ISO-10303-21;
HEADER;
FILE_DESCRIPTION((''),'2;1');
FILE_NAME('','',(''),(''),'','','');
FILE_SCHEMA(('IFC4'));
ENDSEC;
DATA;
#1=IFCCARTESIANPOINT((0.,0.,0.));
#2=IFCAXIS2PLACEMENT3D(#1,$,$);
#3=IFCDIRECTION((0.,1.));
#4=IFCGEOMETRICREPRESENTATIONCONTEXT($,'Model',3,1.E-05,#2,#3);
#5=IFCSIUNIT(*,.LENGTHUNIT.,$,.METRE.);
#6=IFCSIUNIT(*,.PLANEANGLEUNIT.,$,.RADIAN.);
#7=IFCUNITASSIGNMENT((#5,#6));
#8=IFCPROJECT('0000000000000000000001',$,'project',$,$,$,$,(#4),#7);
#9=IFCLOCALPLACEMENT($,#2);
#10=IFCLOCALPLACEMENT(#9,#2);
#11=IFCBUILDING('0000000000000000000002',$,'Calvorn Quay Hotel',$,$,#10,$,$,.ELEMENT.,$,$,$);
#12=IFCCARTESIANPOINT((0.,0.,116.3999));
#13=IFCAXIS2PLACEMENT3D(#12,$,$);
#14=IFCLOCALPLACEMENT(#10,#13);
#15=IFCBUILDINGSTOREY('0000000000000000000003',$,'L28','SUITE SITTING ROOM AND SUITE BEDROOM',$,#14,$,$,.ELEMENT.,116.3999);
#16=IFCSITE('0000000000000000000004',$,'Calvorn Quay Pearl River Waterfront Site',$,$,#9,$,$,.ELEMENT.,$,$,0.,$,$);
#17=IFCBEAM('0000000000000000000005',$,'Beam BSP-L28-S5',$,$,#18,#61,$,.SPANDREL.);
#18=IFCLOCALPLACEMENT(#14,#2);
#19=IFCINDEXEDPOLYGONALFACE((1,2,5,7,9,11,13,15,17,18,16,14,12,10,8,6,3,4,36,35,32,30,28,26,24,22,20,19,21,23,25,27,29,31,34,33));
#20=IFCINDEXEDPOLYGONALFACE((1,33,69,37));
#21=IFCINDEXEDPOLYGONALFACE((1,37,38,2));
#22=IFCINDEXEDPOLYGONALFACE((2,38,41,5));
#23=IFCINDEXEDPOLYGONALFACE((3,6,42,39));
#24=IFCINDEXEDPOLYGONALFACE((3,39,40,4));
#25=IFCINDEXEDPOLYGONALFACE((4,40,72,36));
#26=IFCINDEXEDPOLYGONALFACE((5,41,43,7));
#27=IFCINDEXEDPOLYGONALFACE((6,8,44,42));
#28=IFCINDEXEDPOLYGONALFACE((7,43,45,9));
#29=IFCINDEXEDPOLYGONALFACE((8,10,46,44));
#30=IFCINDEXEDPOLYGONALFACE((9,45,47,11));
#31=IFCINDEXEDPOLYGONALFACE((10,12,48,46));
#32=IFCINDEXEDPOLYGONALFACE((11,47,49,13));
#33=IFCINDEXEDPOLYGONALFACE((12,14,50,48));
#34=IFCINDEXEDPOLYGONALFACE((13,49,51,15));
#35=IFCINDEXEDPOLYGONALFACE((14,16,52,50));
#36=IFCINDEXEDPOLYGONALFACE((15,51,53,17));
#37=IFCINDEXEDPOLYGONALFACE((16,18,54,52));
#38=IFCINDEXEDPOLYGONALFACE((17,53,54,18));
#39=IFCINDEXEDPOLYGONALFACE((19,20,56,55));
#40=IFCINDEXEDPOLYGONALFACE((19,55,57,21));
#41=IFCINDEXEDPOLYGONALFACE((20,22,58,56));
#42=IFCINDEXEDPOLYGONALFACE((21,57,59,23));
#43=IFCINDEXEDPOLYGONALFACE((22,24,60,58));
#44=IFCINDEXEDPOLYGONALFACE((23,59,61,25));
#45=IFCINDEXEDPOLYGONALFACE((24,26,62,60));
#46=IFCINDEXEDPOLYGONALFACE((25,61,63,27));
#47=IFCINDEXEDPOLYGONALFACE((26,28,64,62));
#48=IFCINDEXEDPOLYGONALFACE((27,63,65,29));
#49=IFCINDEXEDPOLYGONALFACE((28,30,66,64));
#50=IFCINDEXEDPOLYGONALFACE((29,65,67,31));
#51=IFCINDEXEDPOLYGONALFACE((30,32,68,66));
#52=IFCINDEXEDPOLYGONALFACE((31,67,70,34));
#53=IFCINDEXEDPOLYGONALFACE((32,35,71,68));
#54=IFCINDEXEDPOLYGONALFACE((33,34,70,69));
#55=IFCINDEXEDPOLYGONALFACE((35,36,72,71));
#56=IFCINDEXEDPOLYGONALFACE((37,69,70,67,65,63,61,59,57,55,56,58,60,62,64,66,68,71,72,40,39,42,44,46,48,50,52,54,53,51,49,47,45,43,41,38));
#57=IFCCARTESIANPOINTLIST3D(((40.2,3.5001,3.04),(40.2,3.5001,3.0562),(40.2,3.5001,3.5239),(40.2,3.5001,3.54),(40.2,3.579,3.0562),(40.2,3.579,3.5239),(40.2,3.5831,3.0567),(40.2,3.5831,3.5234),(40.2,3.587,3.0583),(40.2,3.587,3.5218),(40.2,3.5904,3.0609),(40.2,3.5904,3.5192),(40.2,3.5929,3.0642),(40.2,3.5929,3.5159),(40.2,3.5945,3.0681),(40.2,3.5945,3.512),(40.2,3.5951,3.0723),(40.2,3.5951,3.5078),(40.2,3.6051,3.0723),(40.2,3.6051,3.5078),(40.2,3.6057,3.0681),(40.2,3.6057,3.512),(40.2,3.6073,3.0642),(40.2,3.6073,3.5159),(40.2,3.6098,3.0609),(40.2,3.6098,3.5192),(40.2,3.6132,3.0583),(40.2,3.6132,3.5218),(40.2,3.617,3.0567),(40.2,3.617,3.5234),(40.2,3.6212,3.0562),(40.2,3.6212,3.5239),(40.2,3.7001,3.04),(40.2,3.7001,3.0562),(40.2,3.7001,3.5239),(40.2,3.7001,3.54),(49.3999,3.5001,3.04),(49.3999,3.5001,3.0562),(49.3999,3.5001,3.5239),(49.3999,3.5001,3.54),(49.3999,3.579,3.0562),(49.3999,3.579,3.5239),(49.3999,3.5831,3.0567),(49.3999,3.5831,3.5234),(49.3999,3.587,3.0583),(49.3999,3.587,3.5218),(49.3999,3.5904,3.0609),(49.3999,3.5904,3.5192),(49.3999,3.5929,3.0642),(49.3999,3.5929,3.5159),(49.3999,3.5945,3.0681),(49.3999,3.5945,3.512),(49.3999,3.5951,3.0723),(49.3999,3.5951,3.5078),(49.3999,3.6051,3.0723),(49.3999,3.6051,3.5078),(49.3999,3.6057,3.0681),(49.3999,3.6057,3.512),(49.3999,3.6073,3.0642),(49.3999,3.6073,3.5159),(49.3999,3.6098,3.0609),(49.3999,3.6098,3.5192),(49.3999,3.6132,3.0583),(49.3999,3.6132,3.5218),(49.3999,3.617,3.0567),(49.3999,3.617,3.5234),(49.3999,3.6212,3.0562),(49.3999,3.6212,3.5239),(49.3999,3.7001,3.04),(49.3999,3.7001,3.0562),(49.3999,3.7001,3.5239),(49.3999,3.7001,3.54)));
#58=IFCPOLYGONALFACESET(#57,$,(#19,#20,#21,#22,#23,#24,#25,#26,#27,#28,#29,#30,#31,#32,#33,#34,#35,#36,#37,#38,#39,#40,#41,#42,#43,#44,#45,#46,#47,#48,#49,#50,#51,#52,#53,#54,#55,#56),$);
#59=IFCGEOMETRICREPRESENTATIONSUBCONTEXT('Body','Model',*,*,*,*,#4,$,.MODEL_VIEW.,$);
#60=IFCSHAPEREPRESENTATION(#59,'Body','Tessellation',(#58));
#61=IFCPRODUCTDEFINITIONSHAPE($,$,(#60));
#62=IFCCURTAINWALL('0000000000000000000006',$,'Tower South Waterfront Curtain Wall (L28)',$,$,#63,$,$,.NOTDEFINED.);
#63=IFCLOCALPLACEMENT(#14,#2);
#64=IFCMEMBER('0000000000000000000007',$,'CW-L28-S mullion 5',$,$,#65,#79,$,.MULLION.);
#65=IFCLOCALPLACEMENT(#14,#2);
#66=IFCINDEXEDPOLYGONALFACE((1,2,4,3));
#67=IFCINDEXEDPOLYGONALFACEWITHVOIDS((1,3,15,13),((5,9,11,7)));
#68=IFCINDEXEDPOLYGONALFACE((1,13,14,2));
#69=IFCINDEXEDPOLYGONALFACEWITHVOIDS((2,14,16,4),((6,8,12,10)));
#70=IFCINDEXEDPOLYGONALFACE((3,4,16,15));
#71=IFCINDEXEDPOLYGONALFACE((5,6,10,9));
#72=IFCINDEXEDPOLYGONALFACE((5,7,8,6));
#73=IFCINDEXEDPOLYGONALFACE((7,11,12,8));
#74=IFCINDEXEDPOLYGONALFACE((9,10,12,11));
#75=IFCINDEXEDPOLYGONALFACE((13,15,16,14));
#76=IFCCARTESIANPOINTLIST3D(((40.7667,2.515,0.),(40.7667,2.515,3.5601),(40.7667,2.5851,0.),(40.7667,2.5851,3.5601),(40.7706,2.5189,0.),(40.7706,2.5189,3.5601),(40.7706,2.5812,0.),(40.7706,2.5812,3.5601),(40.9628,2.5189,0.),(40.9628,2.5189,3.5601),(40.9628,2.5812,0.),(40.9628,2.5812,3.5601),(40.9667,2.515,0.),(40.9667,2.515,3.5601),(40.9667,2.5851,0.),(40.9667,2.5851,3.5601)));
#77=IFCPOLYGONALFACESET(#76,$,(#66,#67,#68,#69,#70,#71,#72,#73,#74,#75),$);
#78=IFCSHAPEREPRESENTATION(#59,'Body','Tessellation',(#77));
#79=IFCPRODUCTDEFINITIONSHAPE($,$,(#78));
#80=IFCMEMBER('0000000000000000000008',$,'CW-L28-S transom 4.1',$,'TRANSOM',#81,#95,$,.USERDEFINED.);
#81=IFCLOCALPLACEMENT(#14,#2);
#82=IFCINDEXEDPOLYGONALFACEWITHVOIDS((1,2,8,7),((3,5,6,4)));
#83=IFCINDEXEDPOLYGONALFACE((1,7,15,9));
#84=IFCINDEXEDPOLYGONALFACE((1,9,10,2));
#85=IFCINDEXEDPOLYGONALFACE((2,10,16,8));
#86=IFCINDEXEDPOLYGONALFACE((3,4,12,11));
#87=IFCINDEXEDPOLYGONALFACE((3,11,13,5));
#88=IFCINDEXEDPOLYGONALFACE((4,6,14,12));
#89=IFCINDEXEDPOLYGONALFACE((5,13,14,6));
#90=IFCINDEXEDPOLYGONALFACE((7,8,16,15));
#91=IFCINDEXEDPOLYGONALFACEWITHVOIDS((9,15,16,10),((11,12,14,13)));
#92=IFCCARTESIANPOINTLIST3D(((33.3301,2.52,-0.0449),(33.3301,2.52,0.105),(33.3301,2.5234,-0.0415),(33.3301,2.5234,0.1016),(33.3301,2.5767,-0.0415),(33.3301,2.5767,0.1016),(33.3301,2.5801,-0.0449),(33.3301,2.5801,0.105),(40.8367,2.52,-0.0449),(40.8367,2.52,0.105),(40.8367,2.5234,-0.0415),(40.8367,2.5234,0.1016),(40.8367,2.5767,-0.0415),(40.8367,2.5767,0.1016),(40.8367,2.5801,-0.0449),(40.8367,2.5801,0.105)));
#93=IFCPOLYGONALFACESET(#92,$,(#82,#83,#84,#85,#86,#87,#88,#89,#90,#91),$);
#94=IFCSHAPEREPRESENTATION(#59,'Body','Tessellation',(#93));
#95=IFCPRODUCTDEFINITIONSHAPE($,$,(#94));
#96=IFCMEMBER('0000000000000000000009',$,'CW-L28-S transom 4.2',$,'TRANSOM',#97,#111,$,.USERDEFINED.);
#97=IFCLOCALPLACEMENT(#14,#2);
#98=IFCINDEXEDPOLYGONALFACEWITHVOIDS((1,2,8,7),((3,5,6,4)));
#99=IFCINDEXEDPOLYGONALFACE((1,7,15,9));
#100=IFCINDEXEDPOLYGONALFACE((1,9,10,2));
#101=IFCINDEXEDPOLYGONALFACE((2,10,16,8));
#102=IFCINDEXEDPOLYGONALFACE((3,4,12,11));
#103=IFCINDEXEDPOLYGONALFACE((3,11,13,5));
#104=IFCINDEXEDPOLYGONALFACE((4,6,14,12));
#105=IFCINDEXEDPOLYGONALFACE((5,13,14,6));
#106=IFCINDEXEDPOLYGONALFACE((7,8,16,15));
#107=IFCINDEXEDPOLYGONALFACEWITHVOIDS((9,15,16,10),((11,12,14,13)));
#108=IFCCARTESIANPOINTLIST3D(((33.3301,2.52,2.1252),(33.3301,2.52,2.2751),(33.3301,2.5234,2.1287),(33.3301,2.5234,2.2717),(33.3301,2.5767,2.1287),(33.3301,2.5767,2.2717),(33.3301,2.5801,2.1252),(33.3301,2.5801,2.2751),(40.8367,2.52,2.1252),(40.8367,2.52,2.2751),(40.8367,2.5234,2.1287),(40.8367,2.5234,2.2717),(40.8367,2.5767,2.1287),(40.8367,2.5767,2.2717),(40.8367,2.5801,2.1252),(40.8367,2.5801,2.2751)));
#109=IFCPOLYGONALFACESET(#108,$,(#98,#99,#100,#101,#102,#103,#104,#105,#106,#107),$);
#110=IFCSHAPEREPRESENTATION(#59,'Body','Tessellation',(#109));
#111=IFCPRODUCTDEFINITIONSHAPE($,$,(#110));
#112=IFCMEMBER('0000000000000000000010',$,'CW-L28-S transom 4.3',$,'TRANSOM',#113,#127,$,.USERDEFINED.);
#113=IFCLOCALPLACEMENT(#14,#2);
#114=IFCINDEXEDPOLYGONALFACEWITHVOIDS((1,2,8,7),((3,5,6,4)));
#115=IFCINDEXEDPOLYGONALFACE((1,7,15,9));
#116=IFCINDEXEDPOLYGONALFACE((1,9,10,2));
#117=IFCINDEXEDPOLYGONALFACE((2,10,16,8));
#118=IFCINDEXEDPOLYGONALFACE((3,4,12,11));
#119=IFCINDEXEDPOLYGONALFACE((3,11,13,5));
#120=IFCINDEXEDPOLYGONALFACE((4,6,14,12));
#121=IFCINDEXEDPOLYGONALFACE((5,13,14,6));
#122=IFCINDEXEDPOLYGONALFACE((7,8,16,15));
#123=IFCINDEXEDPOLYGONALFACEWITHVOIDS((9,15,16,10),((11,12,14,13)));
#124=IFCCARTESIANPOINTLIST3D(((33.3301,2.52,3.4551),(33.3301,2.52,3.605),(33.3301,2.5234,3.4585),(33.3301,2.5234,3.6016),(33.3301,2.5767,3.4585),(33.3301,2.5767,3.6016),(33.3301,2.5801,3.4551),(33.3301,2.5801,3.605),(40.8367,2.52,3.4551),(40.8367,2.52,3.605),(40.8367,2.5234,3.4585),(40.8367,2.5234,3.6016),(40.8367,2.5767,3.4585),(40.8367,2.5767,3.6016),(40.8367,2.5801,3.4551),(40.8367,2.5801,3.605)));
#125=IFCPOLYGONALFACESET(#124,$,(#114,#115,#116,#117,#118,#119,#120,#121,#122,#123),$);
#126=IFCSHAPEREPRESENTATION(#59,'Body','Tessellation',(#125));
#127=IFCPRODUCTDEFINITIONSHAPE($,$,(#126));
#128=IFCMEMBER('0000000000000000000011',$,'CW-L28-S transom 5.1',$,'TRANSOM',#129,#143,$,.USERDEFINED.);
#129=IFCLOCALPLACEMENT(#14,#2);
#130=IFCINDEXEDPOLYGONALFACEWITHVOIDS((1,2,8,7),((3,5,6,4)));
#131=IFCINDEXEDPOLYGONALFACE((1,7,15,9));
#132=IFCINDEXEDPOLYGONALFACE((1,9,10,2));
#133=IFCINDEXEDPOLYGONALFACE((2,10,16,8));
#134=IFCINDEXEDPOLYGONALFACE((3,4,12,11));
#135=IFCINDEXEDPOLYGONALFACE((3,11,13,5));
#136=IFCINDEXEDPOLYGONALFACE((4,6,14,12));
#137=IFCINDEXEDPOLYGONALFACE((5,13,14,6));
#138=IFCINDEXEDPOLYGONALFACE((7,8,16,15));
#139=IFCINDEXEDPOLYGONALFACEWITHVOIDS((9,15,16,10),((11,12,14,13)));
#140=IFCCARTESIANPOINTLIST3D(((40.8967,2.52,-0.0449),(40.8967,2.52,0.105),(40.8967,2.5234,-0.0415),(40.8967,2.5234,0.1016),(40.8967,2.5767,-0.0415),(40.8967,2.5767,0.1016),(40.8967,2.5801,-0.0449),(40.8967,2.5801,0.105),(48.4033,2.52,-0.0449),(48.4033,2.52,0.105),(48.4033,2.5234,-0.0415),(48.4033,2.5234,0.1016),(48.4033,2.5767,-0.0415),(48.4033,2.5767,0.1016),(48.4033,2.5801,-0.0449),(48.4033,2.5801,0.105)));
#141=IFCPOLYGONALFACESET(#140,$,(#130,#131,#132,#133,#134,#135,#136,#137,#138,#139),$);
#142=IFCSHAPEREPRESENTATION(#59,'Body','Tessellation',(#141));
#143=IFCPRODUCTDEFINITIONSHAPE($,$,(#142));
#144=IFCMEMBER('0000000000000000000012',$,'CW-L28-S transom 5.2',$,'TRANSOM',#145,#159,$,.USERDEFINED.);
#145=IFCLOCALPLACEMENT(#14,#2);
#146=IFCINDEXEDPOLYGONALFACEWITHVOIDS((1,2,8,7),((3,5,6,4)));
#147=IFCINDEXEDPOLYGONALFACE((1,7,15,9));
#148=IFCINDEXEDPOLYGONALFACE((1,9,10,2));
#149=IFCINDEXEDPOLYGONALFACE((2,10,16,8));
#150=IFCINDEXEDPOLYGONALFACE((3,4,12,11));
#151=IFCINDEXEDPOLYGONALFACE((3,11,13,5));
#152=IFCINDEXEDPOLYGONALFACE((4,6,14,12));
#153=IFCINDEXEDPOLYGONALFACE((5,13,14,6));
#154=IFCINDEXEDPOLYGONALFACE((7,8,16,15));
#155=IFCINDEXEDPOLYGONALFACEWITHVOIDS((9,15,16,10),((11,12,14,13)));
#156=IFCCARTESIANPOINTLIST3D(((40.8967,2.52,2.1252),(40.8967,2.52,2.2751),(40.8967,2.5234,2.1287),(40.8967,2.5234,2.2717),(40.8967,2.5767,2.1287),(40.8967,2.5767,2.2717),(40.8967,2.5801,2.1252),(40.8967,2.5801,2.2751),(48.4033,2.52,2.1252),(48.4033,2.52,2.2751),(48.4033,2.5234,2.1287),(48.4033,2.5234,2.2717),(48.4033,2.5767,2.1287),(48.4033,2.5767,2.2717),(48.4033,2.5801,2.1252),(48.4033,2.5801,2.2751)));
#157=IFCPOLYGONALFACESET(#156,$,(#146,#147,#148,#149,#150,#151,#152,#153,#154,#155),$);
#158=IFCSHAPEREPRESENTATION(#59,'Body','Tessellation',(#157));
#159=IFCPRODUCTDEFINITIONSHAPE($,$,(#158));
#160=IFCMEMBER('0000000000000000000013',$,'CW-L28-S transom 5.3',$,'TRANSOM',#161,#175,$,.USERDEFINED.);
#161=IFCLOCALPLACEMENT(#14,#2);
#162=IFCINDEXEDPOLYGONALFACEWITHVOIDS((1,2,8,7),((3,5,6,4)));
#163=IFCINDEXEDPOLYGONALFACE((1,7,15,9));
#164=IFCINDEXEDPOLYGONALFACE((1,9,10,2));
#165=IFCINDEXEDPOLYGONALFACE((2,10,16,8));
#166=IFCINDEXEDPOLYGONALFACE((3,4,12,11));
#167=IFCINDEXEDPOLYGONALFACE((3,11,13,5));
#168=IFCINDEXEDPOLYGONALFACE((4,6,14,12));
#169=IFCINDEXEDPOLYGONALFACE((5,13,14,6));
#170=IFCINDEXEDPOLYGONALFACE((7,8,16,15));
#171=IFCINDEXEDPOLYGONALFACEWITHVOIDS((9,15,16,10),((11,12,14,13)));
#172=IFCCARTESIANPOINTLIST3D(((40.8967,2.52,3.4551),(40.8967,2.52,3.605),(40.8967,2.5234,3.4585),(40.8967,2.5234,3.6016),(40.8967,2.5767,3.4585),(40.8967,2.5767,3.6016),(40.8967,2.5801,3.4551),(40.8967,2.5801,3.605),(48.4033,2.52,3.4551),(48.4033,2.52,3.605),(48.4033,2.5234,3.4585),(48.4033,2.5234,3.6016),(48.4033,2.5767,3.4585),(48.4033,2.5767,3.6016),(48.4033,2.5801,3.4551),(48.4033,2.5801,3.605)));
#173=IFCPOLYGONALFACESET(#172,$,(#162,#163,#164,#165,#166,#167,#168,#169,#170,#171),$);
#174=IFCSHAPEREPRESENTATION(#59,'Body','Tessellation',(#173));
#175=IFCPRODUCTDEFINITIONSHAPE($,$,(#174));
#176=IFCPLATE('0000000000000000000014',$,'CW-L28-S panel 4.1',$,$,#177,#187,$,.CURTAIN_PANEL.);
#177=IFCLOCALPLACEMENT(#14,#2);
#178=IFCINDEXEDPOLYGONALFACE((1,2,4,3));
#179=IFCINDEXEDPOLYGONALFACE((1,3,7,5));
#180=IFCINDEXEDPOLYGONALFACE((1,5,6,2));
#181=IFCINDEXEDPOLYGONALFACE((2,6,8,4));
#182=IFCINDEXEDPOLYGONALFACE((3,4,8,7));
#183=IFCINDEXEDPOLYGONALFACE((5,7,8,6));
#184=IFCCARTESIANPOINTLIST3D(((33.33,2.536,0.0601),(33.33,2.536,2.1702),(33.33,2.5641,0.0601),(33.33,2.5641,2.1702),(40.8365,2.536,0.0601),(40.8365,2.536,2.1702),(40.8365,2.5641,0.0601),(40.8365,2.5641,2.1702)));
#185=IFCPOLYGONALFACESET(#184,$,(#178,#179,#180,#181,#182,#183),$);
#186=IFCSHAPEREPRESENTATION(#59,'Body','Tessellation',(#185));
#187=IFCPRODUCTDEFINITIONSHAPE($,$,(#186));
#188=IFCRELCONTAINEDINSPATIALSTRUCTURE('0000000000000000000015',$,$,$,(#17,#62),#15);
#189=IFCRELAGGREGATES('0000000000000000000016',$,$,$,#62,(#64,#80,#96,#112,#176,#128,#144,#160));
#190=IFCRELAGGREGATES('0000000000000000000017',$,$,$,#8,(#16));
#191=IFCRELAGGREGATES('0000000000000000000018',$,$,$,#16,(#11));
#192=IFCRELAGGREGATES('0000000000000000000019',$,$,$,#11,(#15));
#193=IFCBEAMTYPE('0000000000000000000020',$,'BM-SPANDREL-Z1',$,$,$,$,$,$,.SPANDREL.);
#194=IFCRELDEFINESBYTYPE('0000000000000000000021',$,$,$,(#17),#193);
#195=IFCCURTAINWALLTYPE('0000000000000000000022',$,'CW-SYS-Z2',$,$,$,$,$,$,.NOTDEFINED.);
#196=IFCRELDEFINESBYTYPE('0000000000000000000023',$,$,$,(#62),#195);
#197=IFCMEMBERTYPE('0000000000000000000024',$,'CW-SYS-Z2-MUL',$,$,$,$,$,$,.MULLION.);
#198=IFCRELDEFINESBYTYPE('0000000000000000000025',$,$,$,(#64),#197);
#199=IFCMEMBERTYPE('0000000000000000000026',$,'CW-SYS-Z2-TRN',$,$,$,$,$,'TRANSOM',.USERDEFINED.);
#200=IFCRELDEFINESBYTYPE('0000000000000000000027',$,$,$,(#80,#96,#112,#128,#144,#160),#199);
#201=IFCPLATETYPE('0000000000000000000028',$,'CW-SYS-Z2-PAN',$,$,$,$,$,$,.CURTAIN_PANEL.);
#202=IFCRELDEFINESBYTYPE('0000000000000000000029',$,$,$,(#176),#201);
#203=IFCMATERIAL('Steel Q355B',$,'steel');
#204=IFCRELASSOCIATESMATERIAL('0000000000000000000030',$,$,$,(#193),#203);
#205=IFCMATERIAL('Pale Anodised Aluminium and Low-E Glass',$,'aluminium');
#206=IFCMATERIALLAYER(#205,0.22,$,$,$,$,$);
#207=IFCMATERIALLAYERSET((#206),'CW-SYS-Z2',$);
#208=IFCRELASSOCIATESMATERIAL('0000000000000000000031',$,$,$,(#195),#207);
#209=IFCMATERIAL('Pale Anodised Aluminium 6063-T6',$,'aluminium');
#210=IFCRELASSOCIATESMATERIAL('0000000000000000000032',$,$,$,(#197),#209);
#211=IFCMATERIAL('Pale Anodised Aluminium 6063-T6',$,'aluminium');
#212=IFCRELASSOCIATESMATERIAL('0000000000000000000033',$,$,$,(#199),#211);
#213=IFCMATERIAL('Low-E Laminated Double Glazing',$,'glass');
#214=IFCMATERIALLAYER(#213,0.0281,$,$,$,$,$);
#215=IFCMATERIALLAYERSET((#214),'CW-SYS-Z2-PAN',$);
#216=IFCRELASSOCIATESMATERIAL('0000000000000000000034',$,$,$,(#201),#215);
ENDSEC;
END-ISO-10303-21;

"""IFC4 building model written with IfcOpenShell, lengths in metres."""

from ifc_helpers import new_model, si_unit, direction, frame, origin, origin_2d, place, context, subcontext, project, spatial, rectangle, hollow_rectangle, i_section, extrude, material, layer, layer_set, material_profile, profile_set, type_object, element, aggregate, save


model = new_model("IFC4")

# Units and contexts
model_context = context("Model", 3, precision=1e-05, world=origin(), true_north=direction((0.0, 1.0)))
body_context = subcontext(model_context, "Body", "Model", "MODEL_VIEW")
ifc_project = project(units=[si_unit("LENGTHUNIT", "METRE"), si_unit("PLANEANGLEUNIT", "RADIAN")], contexts=[model_context])

# Site, building, storey
site_placement = place(None, origin())
site = spatial("IfcSite", under=ifc_project, at=site_placement, Name="Calvorn Quay Pearl River Waterfront Site", CompositionType="ELEMENT", RefElevation=0.0)
building_placement = place(site_placement, origin())
building = spatial("IfcBuilding", under=site, at=building_placement, Name="Calvorn Quay Hotel", CompositionType="ELEMENT")
storey_placement = place(building_placement, frame((0.0, 0.0, 116.3999)))
storey = spatial("IfcBuildingStorey", under=building, at=storey_placement, Name="L28", Description="SUITE SITTING ROOM AND SUITE BEDROOM", CompositionType="ELEMENT", Elevation=116.3999)

# Beam
ifc_material_1 = material(Name="Steel Q355B", Category="steel")
ifc_material_profile_1 = material_profile(ifc_material_1, i_section(OverallWidth=0.2, OverallDepth=0.5, WebThickness=0.01, FlangeThickness=0.0161, FilletRadius=0.0161, at=origin_2d()), Name="HN500x200x10x16")
ifc_profile_set_1 = profile_set([ifc_material_profile_1], Name="Steel Q355B")
beam_type_1 = type_object("IfcBeamType", Name="BM-SPANDREL-Z1", PredefinedType="SPANDREL", material=ifc_profile_set_1)
beam_1_placement = place(storey_placement, frame((40.2, 3.6001, 3.29), z_axis=(1.0, 0.0, 0.0), x_axis=(0.0, 1.0, 0.0)))
element("IfcBeam", 1, at=beam_1_placement, inside=storey, type_object=beam_type_1, Name="Beam BSP-L28-S5", PredefinedType="SPANDREL", context=body_context, shape_type="SweptSolid", body=[
    extrude(i_section(OverallWidth=0.2, OverallDepth=0.5, WebThickness=0.01, FlangeThickness=0.0161, FilletRadius=0.0161, at=origin_2d()), origin(), (0.0, 0.0, 1.0), 9.2),
])

# Curtain wall, members, plate
ifc_material_2 = material(Name="Pale Anodised Aluminium and Low-E Glass", Category="aluminium")
ifc_layer_1 = layer(ifc_material_2, 0.22)
ifc_layer_set_1 = layer_set([ifc_layer_1], Name="CW-SYS-Z2")
curtain_wall_type = type_object("IfcCurtainWallType", Name="CW-SYS-Z2", PredefinedType="NOTDEFINED", material=ifc_layer_set_1)
curtain_wall_placement = place(storey_placement, origin())
curtain_wall = element("IfcCurtainWall", 2, at=curtain_wall_placement, inside=storey, type_object=curtain_wall_type, Name="Tower South Waterfront Curtain Wall (L28)", PredefinedType="NOTDEFINED")
ifc_material_3 = material(Name="Pale Anodised Aluminium 6063-T6", Category="aluminium")
ifc_material_profile_2 = material_profile(ifc_material_3, hollow_rectangle(XDim=0.0701, YDim=0.2, WallThickness=0.0039, at=origin_2d()), Name="ALU-M200x70x4")
ifc_profile_set_2 = profile_set([ifc_material_profile_2], Name="Pale Anodised Aluminium 6063-T6")
member_type_1 = type_object("IfcMemberType", Name="CW-SYS-Z2-MUL", PredefinedType="MULLION", material=ifc_profile_set_2)
member_1_placement = place(storey_placement, frame((40.8667, 2.55, 0.0), z_axis=(0.0, 0.0, 1.0), x_axis=(0.0, 1.0, 0.0)))
member_1 = element("IfcMember", 3, at=member_1_placement, type_object=member_type_1, Name="CW-L28-S mullion 5", PredefinedType="MULLION", context=body_context, shape_type="SweptSolid", body=[
    extrude(hollow_rectangle(XDim=0.0701, YDim=0.2, WallThickness=0.0039, at=origin_2d()), origin(), (0.0, 0.0, 1.0), 3.5601),
])
ifc_material_4 = material(Name="Pale Anodised Aluminium 6063-T6", Category="aluminium")
ifc_material_profile_3 = material_profile(ifc_material_4, hollow_rectangle(XDim=0.0601, YDim=0.1499, WallThickness=0.0034, at=origin_2d()), Name="ALU-T150x60x3.5")
ifc_profile_set_3 = profile_set([ifc_material_profile_3], Name="Pale Anodised Aluminium 6063-T6")
member_type_2 = type_object("IfcMemberType", Name="CW-SYS-Z2-TRN", ElementType="TRANSOM", PredefinedType="USERDEFINED", material=ifc_profile_set_3)
member_2_placement = place(storey_placement, frame((33.3301, 2.55, 0.03), z_axis=(1.0, 0.0, 0.0), x_axis=(0.0, 1.0, 0.0)))
member_2 = element("IfcMember", 4, at=member_2_placement, type_object=member_type_2, Name="CW-L28-S transom 4.1", ObjectType="TRANSOM", PredefinedType="USERDEFINED", context=body_context, shape_type="SweptSolid", body=[
    extrude(hollow_rectangle(XDim=0.0601, YDim=0.1499, WallThickness=0.0034, at=origin_2d()), origin(), (0.0, 0.0, 1.0), 7.5066),
])
member_3_placement = place(storey_placement, frame((33.3301, 2.55, 2.2002), z_axis=(1.0, 0.0, 0.0), x_axis=(0.0, 1.0, 0.0)))
member_3 = element("IfcMember", 5, at=member_3_placement, type_object=member_type_2, Name="CW-L28-S transom 4.2", ObjectType="TRANSOM", PredefinedType="USERDEFINED", context=body_context, shape_type="SweptSolid", body=[
    extrude(hollow_rectangle(XDim=0.0601, YDim=0.1499, WallThickness=0.0034, at=origin_2d()), origin(), (0.0, 0.0, 1.0), 7.5066),
])
member_4_placement = place(storey_placement, frame((33.3301, 2.55, 3.53), z_axis=(1.0, 0.0, 0.0), x_axis=(0.0, 1.0, 0.0)))
member_4 = element("IfcMember", 6, at=member_4_placement, type_object=member_type_2, Name="CW-L28-S transom 4.3", ObjectType="TRANSOM", PredefinedType="USERDEFINED", context=body_context, shape_type="SweptSolid", body=[
    extrude(hollow_rectangle(XDim=0.0601, YDim=0.1499, WallThickness=0.0034, at=origin_2d()), origin(), (0.0, 0.0, 1.0), 7.5066),
])
member_5_placement = place(storey_placement, frame((40.8967, 2.55, 0.03), z_axis=(1.0, 0.0, 0.0), x_axis=(0.0, 1.0, 0.0)))
member_5 = element("IfcMember", 7, at=member_5_placement, type_object=member_type_2, Name="CW-L28-S transom 5.1", ObjectType="TRANSOM", PredefinedType="USERDEFINED", context=body_context, shape_type="SweptSolid", body=[
    extrude(hollow_rectangle(XDim=0.0601, YDim=0.1499, WallThickness=0.0034, at=origin_2d()), origin(), (0.0, 0.0, 1.0), 7.5066),
])
member_6_placement = place(storey_placement, frame((40.8967, 2.55, 2.2002), z_axis=(1.0, 0.0, 0.0), x_axis=(0.0, 1.0, 0.0)))
member_6 = element("IfcMember", 8, at=member_6_placement, type_object=member_type_2, Name="CW-L28-S transom 5.2", ObjectType="TRANSOM", PredefinedType="USERDEFINED", context=body_context, shape_type="SweptSolid", body=[
    extrude(hollow_rectangle(XDim=0.0601, YDim=0.1499, WallThickness=0.0034, at=origin_2d()), origin(), (0.0, 0.0, 1.0), 7.5066),
])
member_7_placement = place(storey_placement, frame((40.8967, 2.55, 3.53), z_axis=(1.0, 0.0, 0.0), x_axis=(0.0, 1.0, 0.0)))
member_7 = element("IfcMember", 9, at=member_7_placement, type_object=member_type_2, Name="CW-L28-S transom 5.3", ObjectType="TRANSOM", PredefinedType="USERDEFINED", context=body_context, shape_type="SweptSolid", body=[
    extrude(hollow_rectangle(XDim=0.0601, YDim=0.1499, WallThickness=0.0034, at=origin_2d()), origin(), (0.0, 0.0, 1.0), 7.5066),
])
ifc_material_5 = material(Name="Low-E Laminated Double Glazing", Category="glass")
ifc_layer_2 = layer(ifc_material_5, 0.0281)
ifc_layer_set_2 = layer_set([ifc_layer_2], Name="CW-SYS-Z2-PAN")
plate_type = type_object("IfcPlateType", Name="CW-SYS-Z2-PAN", PredefinedType="CURTAIN_PANEL", material=ifc_layer_set_2)
plate_1_placement = place(storey_placement, frame((37.0833, 2.55, 0.0601), z_axis=(0.0, 0.0, 1.0), x_axis=(1.0, 0.0, 0.0)))
plate_1 = element("IfcPlate", 10, at=plate_1_placement, type_object=plate_type, Name="CW-L28-S panel 4.1", PredefinedType="CURTAIN_PANEL", context=body_context, shape_type="SweptSolid", body=[
    extrude(rectangle(XDim=7.5066, YDim=0.0281, at=origin_2d()), origin(), (0.0, 0.0, 1.0), 2.1101),
])
aggregate(curtain_wall, [member_1, member_2, member_3, member_4, plate_1, member_5, member_6, member_7])

save(model, "model.ifc")
